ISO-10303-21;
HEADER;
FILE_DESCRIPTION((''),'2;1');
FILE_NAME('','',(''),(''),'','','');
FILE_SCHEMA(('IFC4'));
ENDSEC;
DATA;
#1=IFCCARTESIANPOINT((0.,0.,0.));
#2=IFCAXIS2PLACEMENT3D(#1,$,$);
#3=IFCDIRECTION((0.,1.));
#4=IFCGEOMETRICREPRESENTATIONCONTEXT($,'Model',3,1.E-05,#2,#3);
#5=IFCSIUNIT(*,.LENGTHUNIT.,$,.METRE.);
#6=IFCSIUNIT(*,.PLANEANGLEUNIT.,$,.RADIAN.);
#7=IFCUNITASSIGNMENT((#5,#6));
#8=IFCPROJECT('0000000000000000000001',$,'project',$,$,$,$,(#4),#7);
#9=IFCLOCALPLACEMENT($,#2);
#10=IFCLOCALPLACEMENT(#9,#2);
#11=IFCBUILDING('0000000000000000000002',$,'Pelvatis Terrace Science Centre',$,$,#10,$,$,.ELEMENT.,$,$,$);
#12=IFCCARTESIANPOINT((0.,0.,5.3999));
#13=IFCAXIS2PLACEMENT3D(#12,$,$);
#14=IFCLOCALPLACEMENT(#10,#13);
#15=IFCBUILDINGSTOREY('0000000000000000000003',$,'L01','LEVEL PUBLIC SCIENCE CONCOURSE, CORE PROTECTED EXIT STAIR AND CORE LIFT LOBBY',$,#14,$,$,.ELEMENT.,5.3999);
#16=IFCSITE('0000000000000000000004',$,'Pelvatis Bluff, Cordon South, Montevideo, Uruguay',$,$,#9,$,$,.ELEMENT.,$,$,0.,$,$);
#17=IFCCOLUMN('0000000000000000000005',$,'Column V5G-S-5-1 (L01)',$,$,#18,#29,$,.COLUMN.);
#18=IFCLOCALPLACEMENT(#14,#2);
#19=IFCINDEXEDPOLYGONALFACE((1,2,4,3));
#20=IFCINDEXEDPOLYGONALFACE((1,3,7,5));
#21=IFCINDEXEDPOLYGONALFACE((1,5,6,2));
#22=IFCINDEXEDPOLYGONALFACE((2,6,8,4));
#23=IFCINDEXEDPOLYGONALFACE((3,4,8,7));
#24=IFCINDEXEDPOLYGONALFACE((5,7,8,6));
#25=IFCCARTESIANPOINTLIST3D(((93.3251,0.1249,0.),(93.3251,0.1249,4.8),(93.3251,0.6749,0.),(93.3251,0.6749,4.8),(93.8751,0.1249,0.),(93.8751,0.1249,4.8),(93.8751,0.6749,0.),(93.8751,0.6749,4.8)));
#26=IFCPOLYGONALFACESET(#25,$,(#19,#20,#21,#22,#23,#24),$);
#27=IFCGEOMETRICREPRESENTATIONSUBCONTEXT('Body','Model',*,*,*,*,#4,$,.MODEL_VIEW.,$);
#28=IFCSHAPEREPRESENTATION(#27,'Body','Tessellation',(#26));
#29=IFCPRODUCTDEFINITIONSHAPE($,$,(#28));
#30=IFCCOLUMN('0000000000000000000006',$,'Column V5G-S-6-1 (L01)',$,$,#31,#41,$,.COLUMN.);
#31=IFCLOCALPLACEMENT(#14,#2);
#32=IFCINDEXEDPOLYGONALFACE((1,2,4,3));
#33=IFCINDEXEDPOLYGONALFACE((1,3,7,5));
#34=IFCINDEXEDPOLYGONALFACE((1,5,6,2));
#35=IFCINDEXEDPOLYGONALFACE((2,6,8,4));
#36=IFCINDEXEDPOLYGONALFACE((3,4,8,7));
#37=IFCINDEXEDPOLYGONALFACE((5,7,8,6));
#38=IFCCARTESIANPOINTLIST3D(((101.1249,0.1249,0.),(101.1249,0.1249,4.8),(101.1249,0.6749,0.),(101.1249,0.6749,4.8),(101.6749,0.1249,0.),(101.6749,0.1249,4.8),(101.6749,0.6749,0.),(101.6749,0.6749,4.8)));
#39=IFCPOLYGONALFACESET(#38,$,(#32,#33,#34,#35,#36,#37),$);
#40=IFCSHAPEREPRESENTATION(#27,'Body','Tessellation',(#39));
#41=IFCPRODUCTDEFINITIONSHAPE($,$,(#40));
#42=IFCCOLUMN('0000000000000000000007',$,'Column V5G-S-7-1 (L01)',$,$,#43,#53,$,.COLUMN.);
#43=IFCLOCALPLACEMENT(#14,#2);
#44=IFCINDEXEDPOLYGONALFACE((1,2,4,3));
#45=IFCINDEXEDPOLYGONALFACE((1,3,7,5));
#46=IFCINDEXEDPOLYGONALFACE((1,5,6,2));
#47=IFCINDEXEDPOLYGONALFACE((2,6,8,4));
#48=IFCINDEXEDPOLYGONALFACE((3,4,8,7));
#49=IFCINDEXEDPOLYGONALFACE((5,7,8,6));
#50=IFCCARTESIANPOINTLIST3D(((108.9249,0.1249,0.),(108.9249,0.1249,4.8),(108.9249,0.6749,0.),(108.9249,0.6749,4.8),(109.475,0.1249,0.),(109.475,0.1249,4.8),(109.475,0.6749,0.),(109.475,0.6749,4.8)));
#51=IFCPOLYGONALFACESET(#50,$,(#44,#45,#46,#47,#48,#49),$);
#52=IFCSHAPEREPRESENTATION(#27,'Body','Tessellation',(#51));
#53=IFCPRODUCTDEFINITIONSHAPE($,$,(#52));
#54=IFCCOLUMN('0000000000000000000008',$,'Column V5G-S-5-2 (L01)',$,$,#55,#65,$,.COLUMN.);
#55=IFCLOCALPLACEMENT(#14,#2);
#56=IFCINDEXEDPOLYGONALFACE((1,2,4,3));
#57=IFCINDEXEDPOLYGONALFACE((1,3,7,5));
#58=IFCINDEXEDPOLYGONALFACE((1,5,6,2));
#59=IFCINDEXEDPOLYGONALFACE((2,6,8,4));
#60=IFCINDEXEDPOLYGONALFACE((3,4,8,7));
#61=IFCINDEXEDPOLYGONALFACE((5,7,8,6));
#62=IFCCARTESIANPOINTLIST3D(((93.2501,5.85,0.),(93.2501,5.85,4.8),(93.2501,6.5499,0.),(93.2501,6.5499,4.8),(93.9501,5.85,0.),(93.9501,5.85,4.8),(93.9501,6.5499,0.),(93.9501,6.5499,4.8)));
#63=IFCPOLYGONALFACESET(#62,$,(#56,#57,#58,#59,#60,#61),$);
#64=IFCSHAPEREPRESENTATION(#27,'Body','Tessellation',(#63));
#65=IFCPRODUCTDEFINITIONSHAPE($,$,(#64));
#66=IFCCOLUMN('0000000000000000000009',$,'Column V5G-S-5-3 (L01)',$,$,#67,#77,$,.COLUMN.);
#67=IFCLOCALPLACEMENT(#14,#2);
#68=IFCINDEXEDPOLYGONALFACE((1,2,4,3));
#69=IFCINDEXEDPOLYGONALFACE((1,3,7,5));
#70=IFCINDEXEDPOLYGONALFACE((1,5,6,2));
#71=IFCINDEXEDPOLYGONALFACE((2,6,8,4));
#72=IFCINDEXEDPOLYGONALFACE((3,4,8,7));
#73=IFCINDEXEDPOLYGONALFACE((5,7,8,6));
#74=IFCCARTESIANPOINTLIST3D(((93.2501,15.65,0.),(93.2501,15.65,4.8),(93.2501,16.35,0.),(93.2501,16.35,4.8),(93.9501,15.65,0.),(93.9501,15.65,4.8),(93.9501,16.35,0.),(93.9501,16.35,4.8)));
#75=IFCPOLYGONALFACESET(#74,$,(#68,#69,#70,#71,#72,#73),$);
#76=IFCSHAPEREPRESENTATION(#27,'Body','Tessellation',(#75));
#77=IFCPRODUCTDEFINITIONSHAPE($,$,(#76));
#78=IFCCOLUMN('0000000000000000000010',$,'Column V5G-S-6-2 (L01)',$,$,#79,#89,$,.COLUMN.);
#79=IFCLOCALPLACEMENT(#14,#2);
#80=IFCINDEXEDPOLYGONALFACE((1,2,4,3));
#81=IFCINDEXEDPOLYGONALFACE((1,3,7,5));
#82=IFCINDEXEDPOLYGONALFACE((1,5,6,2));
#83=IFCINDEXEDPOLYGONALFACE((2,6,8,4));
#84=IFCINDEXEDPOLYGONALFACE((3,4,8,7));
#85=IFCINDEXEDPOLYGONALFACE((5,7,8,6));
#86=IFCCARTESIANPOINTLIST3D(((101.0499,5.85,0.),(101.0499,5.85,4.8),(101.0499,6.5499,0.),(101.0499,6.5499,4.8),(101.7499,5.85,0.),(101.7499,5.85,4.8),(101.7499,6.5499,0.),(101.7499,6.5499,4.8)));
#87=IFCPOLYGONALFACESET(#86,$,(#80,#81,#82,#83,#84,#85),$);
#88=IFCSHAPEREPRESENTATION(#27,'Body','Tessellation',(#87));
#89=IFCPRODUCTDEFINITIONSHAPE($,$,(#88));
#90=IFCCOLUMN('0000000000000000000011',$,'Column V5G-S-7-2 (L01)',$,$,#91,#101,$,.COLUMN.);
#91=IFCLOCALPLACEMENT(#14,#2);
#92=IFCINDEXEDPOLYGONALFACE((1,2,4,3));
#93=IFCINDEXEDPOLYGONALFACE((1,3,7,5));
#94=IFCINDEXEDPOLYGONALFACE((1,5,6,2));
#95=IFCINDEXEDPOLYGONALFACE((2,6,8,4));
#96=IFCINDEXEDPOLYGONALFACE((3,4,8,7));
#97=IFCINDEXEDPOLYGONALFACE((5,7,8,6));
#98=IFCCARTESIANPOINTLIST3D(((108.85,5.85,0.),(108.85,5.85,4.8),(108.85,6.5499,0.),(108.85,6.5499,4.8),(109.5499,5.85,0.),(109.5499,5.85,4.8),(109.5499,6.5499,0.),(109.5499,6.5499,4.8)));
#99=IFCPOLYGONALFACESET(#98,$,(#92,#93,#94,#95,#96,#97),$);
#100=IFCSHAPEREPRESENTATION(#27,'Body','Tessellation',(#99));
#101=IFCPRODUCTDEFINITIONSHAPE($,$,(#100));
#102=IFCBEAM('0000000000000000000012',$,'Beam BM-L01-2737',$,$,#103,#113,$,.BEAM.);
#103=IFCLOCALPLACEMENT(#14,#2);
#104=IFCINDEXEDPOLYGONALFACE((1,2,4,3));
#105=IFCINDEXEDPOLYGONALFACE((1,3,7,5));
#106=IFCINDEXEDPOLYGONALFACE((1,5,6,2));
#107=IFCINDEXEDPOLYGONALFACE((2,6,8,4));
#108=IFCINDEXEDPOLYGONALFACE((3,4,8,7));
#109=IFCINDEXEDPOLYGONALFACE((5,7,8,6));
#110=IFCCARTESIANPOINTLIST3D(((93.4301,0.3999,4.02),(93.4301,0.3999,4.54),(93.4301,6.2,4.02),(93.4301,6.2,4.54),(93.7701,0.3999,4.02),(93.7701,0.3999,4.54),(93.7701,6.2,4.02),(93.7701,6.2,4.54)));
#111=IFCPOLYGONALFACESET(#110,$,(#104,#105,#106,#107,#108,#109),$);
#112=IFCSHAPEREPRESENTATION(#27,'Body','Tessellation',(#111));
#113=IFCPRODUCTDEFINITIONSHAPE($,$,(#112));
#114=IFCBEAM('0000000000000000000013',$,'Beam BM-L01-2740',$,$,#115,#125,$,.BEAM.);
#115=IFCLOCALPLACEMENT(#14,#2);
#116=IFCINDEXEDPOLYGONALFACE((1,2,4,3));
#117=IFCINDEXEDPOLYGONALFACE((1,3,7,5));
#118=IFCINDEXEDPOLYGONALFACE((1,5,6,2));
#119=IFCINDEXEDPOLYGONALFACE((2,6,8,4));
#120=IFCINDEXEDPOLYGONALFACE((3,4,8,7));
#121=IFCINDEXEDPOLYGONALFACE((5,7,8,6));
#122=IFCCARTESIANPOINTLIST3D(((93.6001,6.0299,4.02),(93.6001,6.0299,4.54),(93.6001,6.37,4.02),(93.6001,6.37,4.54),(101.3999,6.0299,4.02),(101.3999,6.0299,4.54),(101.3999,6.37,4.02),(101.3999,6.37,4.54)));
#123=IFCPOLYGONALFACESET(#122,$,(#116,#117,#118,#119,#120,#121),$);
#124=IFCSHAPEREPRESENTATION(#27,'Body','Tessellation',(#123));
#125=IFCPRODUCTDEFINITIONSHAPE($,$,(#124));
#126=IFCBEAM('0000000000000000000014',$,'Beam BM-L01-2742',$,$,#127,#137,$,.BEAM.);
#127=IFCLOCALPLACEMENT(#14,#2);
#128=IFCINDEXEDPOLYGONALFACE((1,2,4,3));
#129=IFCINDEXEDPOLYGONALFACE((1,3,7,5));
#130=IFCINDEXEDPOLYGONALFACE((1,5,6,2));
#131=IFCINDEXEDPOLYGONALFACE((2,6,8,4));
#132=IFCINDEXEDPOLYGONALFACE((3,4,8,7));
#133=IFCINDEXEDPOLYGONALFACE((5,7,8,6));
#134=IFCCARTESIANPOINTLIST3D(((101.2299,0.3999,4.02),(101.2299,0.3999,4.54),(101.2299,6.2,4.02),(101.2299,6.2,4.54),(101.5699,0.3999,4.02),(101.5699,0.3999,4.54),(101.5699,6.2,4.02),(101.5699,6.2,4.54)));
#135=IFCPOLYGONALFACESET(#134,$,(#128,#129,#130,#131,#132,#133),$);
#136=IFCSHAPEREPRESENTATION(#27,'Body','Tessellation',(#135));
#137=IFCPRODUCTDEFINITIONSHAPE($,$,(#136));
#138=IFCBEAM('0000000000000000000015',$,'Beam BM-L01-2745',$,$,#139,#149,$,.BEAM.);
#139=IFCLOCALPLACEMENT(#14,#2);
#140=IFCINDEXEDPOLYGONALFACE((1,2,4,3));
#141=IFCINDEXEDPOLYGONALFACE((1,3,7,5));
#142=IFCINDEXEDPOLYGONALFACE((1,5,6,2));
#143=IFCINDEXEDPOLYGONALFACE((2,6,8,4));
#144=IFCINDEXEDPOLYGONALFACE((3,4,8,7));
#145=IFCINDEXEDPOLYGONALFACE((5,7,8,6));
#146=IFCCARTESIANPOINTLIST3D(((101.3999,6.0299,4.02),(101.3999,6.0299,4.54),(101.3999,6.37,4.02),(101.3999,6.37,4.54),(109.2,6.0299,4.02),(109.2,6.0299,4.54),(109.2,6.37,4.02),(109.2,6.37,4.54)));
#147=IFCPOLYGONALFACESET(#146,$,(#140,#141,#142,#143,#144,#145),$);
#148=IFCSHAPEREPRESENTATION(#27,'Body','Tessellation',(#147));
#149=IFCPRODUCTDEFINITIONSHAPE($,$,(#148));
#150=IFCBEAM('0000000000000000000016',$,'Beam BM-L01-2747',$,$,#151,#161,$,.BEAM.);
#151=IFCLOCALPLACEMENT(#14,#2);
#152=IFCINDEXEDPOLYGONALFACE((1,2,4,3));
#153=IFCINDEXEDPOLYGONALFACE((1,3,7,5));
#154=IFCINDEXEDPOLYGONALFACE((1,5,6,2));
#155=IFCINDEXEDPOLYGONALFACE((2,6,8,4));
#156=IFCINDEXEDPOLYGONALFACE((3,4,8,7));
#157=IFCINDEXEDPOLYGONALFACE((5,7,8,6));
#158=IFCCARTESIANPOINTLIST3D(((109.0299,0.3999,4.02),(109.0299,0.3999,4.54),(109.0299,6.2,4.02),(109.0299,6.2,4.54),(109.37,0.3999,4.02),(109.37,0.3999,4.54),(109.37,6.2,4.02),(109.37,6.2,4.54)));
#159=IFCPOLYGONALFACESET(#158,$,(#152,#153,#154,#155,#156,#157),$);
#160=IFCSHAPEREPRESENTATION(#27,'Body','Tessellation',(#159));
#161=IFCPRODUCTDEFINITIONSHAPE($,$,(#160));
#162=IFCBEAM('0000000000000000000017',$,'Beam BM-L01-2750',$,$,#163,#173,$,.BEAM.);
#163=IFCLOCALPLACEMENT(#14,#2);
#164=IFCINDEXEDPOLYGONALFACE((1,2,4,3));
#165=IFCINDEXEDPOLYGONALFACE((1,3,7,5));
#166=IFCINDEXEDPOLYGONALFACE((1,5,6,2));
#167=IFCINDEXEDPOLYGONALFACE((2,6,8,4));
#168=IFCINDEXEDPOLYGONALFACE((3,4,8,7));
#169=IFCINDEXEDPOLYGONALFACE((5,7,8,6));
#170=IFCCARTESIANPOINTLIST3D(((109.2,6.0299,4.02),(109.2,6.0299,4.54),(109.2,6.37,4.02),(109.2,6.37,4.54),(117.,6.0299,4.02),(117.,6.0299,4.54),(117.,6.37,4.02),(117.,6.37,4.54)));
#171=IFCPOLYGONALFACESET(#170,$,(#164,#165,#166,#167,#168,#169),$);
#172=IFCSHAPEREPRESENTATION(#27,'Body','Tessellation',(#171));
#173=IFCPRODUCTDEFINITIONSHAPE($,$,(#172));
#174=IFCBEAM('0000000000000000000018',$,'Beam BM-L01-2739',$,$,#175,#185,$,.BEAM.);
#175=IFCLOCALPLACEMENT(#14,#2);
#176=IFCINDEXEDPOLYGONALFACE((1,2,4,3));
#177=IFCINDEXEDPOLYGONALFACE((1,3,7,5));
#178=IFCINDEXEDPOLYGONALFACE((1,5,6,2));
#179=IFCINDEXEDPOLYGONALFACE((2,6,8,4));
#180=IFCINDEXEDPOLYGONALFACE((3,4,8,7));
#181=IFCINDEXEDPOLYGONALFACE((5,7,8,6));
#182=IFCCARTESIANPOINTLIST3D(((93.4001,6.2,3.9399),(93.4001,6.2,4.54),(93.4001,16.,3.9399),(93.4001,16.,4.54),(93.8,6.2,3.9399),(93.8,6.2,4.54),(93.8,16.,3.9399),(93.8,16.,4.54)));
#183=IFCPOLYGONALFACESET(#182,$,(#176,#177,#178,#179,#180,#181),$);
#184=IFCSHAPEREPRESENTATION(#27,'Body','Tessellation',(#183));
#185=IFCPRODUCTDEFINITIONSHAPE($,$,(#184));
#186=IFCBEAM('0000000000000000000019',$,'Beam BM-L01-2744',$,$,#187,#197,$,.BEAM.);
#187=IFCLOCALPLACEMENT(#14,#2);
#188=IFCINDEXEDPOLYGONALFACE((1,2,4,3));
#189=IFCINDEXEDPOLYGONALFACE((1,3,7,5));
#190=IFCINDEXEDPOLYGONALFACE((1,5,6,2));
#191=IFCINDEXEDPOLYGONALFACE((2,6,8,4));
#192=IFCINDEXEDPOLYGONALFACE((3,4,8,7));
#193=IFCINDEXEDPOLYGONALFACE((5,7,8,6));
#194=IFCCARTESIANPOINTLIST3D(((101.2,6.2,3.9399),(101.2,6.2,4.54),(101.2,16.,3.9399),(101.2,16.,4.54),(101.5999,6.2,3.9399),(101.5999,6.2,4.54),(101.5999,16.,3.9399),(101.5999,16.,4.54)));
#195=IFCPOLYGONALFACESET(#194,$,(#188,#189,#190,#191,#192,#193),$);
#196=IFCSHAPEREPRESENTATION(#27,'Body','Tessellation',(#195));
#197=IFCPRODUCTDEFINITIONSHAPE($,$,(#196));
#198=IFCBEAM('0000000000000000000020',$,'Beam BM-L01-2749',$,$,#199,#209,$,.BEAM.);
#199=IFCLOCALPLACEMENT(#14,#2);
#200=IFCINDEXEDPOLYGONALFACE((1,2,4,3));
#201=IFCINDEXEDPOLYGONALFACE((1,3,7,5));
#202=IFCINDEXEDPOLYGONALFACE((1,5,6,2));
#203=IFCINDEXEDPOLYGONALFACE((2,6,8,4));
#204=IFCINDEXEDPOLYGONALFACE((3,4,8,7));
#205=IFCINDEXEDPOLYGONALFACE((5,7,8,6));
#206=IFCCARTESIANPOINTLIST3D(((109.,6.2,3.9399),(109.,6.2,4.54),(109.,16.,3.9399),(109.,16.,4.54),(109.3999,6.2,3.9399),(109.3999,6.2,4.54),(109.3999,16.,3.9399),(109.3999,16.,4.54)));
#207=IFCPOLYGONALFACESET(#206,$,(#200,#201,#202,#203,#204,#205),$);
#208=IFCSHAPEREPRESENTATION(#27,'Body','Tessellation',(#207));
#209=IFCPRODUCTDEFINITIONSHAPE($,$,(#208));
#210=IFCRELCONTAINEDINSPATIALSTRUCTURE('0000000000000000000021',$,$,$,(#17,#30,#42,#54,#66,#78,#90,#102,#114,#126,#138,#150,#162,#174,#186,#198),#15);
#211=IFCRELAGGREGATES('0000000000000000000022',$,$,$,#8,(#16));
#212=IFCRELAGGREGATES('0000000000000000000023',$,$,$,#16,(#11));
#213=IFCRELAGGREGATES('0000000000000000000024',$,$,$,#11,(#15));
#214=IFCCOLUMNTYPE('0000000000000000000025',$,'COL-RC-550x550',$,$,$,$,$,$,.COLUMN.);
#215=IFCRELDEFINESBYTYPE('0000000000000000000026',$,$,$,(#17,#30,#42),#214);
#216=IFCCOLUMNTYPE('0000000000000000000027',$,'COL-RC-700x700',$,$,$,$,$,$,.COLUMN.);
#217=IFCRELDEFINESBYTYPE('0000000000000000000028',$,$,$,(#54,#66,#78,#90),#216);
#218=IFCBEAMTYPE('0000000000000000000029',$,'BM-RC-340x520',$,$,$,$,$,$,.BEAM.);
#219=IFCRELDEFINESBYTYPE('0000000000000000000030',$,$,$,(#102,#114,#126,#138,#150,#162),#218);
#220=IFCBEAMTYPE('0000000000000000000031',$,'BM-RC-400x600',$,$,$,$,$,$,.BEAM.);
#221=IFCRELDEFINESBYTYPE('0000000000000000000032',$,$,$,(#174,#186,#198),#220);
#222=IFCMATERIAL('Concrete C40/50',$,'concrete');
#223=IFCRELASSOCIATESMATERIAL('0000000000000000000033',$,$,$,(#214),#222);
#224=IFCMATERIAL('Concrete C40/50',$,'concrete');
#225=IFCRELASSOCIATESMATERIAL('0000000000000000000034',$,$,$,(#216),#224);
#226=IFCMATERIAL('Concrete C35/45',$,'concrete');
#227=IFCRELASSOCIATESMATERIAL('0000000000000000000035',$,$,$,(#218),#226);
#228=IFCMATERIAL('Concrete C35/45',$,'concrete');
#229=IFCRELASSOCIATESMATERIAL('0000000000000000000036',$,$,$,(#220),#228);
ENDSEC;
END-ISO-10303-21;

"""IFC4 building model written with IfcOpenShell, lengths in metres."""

from ifc_helpers import new_model, si_unit, direction, frame, origin, origin_2d, place, context, subcontext, project, spatial, rectangle, extrude, material, material_profile, profile_set, type_object, element, save


model = new_model("IFC4")

# Units and contexts
model_context = context("Model", 3, precision=1e-05, world=origin(), true_north=direction((0.0, 1.0)))
body_context = subcontext(model_context, "Body", "Model", "MODEL_VIEW")
ifc_project = project(units=[si_unit("LENGTHUNIT", "METRE"), si_unit("PLANEANGLEUNIT", "RADIAN")], contexts=[model_context])

# Site, building, storey
site_placement = place(None, origin())
site = spatial("IfcSite", under=ifc_project, at=site_placement, Name="Pelvatis Bluff, Cordon South, Montevideo, Uruguay", CompositionType="ELEMENT", RefElevation=0.0)
building_placement = place(site_placement, origin())
building = spatial("IfcBuilding", under=site, at=building_placement, Name="Pelvatis Terrace Science Centre", CompositionType="ELEMENT")
storey_placement = place(building_placement, frame((0.0, 0.0, 5.3999)))
storey = spatial("IfcBuildingStorey", under=building, at=storey_placement, Name="L01", Description="LEVEL PUBLIC SCIENCE CONCOURSE, CORE PROTECTED EXIT STAIR AND CORE LIFT LOBBY", CompositionType="ELEMENT", Elevation=5.3999)

# Columns
ifc_material_1 = material(Name="Concrete C40/50", Category="concrete")
ifc_material_profile_1 = material_profile(ifc_material_1, rectangle(XDim=0.55, YDim=0.55, at=origin_2d()), Name="RC-COL 550x550")
ifc_profile_set_1 = profile_set([ifc_material_profile_1], Name="Concrete C40/50")
column_type_1 = type_object("IfcColumnType", Name="COL-RC-550x550", PredefinedType="COLUMN", material=ifc_profile_set_1)
for number, where, z_axis, x_axis, name in (
    (1, (93.6001, 0.3999, 0.0), (0.0, 0.0, 1.0), (1.0, 0.0, 0.0), "Column V5G-S-5-1 (L01)"),
    (2, (101.3999, 0.3999, 0.0), (0.0, 0.0, 1.0), (1.0, 0.0, 0.0), "Column V5G-S-6-1 (L01)"),
    (3, (109.2, 0.3999, 0.0), (0.0, 0.0, 1.0), (1.0, 0.0, 0.0), "Column V5G-S-7-1 (L01)"),
):
    element("IfcColumn", number, at=place(storey_placement, frame(where, z_axis=z_axis, x_axis=x_axis)), inside=storey, type_object=column_type_1, Name=name, PredefinedType="COLUMN", context=body_context, shape_type="SweptSolid", body=[
        extrude(rectangle(XDim=0.55, YDim=0.55, at=origin_2d()), origin(), (0.0, 0.0, 1.0), 4.8),
    ])
ifc_material_2 = material(Name="Concrete C40/50", Category="concrete")
ifc_material_profile_2 = material_profile(ifc_material_2, rectangle(XDim=0.7, YDim=0.7, at=origin_2d()), Name="RC-COL 700x700")
ifc_profile_set_2 = profile_set([ifc_material_profile_2], Name="Concrete C40/50")
column_type_2 = type_object("IfcColumnType", Name="COL-RC-700x700", PredefinedType="COLUMN", material=ifc_profile_set_2)
for number, where, z_axis, x_axis, name in (
    (4, (93.6001, 6.2, 0.0), (0.0, 0.0, 1.0), (1.0, 0.0, 0.0), "Column V5G-S-5-2 (L01)"),
    (5, (93.6001, 16.0, 0.0), (0.0, 0.0, 1.0), (1.0, 0.0, 0.0), "Column V5G-S-5-3 (L01)"),
    (6, (101.3999, 6.2, 0.0), (0.0, 0.0, 1.0), (1.0, 0.0, 0.0), "Column V5G-S-6-2 (L01)"),
    (7, (109.2, 6.2, 0.0), (0.0, 0.0, 1.0), (1.0, 0.0, 0.0), "Column V5G-S-7-2 (L01)"),
):
    element("IfcColumn", number, at=place(storey_placement, frame(where, z_axis=z_axis, x_axis=x_axis)), inside=storey, type_object=column_type_2, Name=name, PredefinedType="COLUMN", context=body_context, shape_type="SweptSolid", body=[
        extrude(rectangle(XDim=0.7, YDim=0.7, at=origin_2d()), origin(), (0.0, 0.0, 1.0), 4.8),
    ])

# Beams
ifc_material_3 = material(Name="Concrete C35/45", Category="concrete")
ifc_material_profile_3 = material_profile(ifc_material_3, rectangle(XDim=0.3401, YDim=0.52, at=origin_2d()), Name="RC-BM 340x520")
ifc_profile_set_3 = profile_set([ifc_material_profile_3], Name="Concrete C35/45")
beam_type_1 = type_object("IfcBeamType", Name="BM-RC-340x520", PredefinedType="BEAM", material=ifc_profile_set_3)
beam_1_placement = place(storey_placement, frame((93.6001, 0.3999, 4.28), z_axis=(0.0, 1.0, 0.0), x_axis=(-1.0, 0.0, 0.0)))
element("IfcBeam", 8, at=beam_1_placement, inside=storey, type_object=beam_type_1, Name="Beam BM-L01-2737", PredefinedType="BEAM", context=body_context, shape_type="SweptSolid", body=[
    extrude(rectangle(XDim=0.3401, YDim=0.52, at=origin_2d()), origin(), (0.0, 0.0, 1.0), 5.8),
])
beam_2_placement = place(storey_placement, frame((93.6001, 6.2, 4.28), z_axis=(1.0, 0.0, 0.0), x_axis=(0.0, 1.0, 0.0)))
element("IfcBeam", 9, at=beam_2_placement, inside=storey, type_object=beam_type_1, Name="Beam BM-L01-2740", PredefinedType="BEAM", context=body_context, shape_type="SweptSolid", body=[
    extrude(rectangle(XDim=0.3401, YDim=0.52, at=origin_2d()), origin(), (0.0, 0.0, 1.0), 7.7998),
])
beam_3_placement = place(storey_placement, frame((101.3999, 0.3999, 4.28), z_axis=(0.0, 1.0, 0.0), x_axis=(-1.0, 0.0, 0.0)))
element("IfcBeam", 10, at=beam_3_placement, inside=storey, type_object=beam_type_1, Name="Beam BM-L01-2742", PredefinedType="BEAM", context=body_context, shape_type="SweptSolid", body=[
    extrude(rectangle(XDim=0.3401, YDim=0.52, at=origin_2d()), origin(), (0.0, 0.0, 1.0), 5.8),
])
beam_4_placement = place(storey_placement, frame((101.3999, 6.2, 4.28), z_axis=(1.0, 0.0, 0.0), x_axis=(0.0, 1.0, 0.0)))
element("IfcBeam", 11, at=beam_4_placement, inside=storey, type_object=beam_type_1, Name="Beam BM-L01-2745", PredefinedType="BEAM", context=body_context, shape_type="SweptSolid", body=[
    extrude(rectangle(XDim=0.3401, YDim=0.52, at=origin_2d()), origin(), (0.0, 0.0, 1.0), 7.8),
])
beam_5_placement = place(storey_placement, frame((109.2, 0.3999, 4.28), z_axis=(0.0, 1.0, 0.0), x_axis=(-1.0, 0.0, 0.0)))
element("IfcBeam", 12, at=beam_5_placement, inside=storey, type_object=beam_type_1, Name="Beam BM-L01-2747", PredefinedType="BEAM", context=body_context, shape_type="SweptSolid", body=[
    extrude(rectangle(XDim=0.3401, YDim=0.52, at=origin_2d()), origin(), (0.0, 0.0, 1.0), 5.8),
])
beam_6_placement = place(storey_placement, frame((109.2, 6.2, 4.28), z_axis=(1.0, 0.0, 0.0), x_axis=(0.0, 1.0, 0.0)))
element("IfcBeam", 13, at=beam_6_placement, inside=storey, type_object=beam_type_1, Name="Beam BM-L01-2750", PredefinedType="BEAM", context=body_context, shape_type="SweptSolid", body=[
    extrude(rectangle(XDim=0.3401, YDim=0.52, at=origin_2d()), origin(), (0.0, 0.0, 1.0), 7.8),
])
ifc_material_4 = material(Name="Concrete C35/45", Category="concrete")
ifc_material_profile_4 = material_profile(ifc_material_4, rectangle(XDim=0.3999, YDim=0.6001, at=origin_2d()), Name="RC-BM 400x600")
ifc_profile_set_4 = profile_set([ifc_material_profile_4], Name="Concrete C35/45")
beam_type_2 = type_object("IfcBeamType", Name="BM-RC-400x600", PredefinedType="BEAM", material=ifc_profile_set_4)
for number, where, z_axis, x_axis, name in (
    (14, (93.6001, 6.2, 4.24), (0.0, 1.0, 0.0), (-1.0, 0.0, 0.0), "Beam BM-L01-2739"),
    (15, (101.3999, 6.2, 4.24), (0.0, 1.0, 0.0), (-1.0, 0.0, 0.0), "Beam BM-L01-2744"),
    (16, (109.2, 6.2, 4.24), (0.0, 1.0, 0.0), (-1.0, 0.0, 0.0), "Beam BM-L01-2749"),
):
    element("IfcBeam", number, at=place(storey_placement, frame(where, z_axis=z_axis, x_axis=x_axis)), inside=storey, type_object=beam_type_2, Name=name, PredefinedType="BEAM", context=body_context, shape_type="SweptSolid", body=[
        extrude(rectangle(XDim=0.3999, YDim=0.6001, at=origin_2d()), origin(), (0.0, 0.0, 1.0), 9.8),
    ])

save(model, "model.ifc")
